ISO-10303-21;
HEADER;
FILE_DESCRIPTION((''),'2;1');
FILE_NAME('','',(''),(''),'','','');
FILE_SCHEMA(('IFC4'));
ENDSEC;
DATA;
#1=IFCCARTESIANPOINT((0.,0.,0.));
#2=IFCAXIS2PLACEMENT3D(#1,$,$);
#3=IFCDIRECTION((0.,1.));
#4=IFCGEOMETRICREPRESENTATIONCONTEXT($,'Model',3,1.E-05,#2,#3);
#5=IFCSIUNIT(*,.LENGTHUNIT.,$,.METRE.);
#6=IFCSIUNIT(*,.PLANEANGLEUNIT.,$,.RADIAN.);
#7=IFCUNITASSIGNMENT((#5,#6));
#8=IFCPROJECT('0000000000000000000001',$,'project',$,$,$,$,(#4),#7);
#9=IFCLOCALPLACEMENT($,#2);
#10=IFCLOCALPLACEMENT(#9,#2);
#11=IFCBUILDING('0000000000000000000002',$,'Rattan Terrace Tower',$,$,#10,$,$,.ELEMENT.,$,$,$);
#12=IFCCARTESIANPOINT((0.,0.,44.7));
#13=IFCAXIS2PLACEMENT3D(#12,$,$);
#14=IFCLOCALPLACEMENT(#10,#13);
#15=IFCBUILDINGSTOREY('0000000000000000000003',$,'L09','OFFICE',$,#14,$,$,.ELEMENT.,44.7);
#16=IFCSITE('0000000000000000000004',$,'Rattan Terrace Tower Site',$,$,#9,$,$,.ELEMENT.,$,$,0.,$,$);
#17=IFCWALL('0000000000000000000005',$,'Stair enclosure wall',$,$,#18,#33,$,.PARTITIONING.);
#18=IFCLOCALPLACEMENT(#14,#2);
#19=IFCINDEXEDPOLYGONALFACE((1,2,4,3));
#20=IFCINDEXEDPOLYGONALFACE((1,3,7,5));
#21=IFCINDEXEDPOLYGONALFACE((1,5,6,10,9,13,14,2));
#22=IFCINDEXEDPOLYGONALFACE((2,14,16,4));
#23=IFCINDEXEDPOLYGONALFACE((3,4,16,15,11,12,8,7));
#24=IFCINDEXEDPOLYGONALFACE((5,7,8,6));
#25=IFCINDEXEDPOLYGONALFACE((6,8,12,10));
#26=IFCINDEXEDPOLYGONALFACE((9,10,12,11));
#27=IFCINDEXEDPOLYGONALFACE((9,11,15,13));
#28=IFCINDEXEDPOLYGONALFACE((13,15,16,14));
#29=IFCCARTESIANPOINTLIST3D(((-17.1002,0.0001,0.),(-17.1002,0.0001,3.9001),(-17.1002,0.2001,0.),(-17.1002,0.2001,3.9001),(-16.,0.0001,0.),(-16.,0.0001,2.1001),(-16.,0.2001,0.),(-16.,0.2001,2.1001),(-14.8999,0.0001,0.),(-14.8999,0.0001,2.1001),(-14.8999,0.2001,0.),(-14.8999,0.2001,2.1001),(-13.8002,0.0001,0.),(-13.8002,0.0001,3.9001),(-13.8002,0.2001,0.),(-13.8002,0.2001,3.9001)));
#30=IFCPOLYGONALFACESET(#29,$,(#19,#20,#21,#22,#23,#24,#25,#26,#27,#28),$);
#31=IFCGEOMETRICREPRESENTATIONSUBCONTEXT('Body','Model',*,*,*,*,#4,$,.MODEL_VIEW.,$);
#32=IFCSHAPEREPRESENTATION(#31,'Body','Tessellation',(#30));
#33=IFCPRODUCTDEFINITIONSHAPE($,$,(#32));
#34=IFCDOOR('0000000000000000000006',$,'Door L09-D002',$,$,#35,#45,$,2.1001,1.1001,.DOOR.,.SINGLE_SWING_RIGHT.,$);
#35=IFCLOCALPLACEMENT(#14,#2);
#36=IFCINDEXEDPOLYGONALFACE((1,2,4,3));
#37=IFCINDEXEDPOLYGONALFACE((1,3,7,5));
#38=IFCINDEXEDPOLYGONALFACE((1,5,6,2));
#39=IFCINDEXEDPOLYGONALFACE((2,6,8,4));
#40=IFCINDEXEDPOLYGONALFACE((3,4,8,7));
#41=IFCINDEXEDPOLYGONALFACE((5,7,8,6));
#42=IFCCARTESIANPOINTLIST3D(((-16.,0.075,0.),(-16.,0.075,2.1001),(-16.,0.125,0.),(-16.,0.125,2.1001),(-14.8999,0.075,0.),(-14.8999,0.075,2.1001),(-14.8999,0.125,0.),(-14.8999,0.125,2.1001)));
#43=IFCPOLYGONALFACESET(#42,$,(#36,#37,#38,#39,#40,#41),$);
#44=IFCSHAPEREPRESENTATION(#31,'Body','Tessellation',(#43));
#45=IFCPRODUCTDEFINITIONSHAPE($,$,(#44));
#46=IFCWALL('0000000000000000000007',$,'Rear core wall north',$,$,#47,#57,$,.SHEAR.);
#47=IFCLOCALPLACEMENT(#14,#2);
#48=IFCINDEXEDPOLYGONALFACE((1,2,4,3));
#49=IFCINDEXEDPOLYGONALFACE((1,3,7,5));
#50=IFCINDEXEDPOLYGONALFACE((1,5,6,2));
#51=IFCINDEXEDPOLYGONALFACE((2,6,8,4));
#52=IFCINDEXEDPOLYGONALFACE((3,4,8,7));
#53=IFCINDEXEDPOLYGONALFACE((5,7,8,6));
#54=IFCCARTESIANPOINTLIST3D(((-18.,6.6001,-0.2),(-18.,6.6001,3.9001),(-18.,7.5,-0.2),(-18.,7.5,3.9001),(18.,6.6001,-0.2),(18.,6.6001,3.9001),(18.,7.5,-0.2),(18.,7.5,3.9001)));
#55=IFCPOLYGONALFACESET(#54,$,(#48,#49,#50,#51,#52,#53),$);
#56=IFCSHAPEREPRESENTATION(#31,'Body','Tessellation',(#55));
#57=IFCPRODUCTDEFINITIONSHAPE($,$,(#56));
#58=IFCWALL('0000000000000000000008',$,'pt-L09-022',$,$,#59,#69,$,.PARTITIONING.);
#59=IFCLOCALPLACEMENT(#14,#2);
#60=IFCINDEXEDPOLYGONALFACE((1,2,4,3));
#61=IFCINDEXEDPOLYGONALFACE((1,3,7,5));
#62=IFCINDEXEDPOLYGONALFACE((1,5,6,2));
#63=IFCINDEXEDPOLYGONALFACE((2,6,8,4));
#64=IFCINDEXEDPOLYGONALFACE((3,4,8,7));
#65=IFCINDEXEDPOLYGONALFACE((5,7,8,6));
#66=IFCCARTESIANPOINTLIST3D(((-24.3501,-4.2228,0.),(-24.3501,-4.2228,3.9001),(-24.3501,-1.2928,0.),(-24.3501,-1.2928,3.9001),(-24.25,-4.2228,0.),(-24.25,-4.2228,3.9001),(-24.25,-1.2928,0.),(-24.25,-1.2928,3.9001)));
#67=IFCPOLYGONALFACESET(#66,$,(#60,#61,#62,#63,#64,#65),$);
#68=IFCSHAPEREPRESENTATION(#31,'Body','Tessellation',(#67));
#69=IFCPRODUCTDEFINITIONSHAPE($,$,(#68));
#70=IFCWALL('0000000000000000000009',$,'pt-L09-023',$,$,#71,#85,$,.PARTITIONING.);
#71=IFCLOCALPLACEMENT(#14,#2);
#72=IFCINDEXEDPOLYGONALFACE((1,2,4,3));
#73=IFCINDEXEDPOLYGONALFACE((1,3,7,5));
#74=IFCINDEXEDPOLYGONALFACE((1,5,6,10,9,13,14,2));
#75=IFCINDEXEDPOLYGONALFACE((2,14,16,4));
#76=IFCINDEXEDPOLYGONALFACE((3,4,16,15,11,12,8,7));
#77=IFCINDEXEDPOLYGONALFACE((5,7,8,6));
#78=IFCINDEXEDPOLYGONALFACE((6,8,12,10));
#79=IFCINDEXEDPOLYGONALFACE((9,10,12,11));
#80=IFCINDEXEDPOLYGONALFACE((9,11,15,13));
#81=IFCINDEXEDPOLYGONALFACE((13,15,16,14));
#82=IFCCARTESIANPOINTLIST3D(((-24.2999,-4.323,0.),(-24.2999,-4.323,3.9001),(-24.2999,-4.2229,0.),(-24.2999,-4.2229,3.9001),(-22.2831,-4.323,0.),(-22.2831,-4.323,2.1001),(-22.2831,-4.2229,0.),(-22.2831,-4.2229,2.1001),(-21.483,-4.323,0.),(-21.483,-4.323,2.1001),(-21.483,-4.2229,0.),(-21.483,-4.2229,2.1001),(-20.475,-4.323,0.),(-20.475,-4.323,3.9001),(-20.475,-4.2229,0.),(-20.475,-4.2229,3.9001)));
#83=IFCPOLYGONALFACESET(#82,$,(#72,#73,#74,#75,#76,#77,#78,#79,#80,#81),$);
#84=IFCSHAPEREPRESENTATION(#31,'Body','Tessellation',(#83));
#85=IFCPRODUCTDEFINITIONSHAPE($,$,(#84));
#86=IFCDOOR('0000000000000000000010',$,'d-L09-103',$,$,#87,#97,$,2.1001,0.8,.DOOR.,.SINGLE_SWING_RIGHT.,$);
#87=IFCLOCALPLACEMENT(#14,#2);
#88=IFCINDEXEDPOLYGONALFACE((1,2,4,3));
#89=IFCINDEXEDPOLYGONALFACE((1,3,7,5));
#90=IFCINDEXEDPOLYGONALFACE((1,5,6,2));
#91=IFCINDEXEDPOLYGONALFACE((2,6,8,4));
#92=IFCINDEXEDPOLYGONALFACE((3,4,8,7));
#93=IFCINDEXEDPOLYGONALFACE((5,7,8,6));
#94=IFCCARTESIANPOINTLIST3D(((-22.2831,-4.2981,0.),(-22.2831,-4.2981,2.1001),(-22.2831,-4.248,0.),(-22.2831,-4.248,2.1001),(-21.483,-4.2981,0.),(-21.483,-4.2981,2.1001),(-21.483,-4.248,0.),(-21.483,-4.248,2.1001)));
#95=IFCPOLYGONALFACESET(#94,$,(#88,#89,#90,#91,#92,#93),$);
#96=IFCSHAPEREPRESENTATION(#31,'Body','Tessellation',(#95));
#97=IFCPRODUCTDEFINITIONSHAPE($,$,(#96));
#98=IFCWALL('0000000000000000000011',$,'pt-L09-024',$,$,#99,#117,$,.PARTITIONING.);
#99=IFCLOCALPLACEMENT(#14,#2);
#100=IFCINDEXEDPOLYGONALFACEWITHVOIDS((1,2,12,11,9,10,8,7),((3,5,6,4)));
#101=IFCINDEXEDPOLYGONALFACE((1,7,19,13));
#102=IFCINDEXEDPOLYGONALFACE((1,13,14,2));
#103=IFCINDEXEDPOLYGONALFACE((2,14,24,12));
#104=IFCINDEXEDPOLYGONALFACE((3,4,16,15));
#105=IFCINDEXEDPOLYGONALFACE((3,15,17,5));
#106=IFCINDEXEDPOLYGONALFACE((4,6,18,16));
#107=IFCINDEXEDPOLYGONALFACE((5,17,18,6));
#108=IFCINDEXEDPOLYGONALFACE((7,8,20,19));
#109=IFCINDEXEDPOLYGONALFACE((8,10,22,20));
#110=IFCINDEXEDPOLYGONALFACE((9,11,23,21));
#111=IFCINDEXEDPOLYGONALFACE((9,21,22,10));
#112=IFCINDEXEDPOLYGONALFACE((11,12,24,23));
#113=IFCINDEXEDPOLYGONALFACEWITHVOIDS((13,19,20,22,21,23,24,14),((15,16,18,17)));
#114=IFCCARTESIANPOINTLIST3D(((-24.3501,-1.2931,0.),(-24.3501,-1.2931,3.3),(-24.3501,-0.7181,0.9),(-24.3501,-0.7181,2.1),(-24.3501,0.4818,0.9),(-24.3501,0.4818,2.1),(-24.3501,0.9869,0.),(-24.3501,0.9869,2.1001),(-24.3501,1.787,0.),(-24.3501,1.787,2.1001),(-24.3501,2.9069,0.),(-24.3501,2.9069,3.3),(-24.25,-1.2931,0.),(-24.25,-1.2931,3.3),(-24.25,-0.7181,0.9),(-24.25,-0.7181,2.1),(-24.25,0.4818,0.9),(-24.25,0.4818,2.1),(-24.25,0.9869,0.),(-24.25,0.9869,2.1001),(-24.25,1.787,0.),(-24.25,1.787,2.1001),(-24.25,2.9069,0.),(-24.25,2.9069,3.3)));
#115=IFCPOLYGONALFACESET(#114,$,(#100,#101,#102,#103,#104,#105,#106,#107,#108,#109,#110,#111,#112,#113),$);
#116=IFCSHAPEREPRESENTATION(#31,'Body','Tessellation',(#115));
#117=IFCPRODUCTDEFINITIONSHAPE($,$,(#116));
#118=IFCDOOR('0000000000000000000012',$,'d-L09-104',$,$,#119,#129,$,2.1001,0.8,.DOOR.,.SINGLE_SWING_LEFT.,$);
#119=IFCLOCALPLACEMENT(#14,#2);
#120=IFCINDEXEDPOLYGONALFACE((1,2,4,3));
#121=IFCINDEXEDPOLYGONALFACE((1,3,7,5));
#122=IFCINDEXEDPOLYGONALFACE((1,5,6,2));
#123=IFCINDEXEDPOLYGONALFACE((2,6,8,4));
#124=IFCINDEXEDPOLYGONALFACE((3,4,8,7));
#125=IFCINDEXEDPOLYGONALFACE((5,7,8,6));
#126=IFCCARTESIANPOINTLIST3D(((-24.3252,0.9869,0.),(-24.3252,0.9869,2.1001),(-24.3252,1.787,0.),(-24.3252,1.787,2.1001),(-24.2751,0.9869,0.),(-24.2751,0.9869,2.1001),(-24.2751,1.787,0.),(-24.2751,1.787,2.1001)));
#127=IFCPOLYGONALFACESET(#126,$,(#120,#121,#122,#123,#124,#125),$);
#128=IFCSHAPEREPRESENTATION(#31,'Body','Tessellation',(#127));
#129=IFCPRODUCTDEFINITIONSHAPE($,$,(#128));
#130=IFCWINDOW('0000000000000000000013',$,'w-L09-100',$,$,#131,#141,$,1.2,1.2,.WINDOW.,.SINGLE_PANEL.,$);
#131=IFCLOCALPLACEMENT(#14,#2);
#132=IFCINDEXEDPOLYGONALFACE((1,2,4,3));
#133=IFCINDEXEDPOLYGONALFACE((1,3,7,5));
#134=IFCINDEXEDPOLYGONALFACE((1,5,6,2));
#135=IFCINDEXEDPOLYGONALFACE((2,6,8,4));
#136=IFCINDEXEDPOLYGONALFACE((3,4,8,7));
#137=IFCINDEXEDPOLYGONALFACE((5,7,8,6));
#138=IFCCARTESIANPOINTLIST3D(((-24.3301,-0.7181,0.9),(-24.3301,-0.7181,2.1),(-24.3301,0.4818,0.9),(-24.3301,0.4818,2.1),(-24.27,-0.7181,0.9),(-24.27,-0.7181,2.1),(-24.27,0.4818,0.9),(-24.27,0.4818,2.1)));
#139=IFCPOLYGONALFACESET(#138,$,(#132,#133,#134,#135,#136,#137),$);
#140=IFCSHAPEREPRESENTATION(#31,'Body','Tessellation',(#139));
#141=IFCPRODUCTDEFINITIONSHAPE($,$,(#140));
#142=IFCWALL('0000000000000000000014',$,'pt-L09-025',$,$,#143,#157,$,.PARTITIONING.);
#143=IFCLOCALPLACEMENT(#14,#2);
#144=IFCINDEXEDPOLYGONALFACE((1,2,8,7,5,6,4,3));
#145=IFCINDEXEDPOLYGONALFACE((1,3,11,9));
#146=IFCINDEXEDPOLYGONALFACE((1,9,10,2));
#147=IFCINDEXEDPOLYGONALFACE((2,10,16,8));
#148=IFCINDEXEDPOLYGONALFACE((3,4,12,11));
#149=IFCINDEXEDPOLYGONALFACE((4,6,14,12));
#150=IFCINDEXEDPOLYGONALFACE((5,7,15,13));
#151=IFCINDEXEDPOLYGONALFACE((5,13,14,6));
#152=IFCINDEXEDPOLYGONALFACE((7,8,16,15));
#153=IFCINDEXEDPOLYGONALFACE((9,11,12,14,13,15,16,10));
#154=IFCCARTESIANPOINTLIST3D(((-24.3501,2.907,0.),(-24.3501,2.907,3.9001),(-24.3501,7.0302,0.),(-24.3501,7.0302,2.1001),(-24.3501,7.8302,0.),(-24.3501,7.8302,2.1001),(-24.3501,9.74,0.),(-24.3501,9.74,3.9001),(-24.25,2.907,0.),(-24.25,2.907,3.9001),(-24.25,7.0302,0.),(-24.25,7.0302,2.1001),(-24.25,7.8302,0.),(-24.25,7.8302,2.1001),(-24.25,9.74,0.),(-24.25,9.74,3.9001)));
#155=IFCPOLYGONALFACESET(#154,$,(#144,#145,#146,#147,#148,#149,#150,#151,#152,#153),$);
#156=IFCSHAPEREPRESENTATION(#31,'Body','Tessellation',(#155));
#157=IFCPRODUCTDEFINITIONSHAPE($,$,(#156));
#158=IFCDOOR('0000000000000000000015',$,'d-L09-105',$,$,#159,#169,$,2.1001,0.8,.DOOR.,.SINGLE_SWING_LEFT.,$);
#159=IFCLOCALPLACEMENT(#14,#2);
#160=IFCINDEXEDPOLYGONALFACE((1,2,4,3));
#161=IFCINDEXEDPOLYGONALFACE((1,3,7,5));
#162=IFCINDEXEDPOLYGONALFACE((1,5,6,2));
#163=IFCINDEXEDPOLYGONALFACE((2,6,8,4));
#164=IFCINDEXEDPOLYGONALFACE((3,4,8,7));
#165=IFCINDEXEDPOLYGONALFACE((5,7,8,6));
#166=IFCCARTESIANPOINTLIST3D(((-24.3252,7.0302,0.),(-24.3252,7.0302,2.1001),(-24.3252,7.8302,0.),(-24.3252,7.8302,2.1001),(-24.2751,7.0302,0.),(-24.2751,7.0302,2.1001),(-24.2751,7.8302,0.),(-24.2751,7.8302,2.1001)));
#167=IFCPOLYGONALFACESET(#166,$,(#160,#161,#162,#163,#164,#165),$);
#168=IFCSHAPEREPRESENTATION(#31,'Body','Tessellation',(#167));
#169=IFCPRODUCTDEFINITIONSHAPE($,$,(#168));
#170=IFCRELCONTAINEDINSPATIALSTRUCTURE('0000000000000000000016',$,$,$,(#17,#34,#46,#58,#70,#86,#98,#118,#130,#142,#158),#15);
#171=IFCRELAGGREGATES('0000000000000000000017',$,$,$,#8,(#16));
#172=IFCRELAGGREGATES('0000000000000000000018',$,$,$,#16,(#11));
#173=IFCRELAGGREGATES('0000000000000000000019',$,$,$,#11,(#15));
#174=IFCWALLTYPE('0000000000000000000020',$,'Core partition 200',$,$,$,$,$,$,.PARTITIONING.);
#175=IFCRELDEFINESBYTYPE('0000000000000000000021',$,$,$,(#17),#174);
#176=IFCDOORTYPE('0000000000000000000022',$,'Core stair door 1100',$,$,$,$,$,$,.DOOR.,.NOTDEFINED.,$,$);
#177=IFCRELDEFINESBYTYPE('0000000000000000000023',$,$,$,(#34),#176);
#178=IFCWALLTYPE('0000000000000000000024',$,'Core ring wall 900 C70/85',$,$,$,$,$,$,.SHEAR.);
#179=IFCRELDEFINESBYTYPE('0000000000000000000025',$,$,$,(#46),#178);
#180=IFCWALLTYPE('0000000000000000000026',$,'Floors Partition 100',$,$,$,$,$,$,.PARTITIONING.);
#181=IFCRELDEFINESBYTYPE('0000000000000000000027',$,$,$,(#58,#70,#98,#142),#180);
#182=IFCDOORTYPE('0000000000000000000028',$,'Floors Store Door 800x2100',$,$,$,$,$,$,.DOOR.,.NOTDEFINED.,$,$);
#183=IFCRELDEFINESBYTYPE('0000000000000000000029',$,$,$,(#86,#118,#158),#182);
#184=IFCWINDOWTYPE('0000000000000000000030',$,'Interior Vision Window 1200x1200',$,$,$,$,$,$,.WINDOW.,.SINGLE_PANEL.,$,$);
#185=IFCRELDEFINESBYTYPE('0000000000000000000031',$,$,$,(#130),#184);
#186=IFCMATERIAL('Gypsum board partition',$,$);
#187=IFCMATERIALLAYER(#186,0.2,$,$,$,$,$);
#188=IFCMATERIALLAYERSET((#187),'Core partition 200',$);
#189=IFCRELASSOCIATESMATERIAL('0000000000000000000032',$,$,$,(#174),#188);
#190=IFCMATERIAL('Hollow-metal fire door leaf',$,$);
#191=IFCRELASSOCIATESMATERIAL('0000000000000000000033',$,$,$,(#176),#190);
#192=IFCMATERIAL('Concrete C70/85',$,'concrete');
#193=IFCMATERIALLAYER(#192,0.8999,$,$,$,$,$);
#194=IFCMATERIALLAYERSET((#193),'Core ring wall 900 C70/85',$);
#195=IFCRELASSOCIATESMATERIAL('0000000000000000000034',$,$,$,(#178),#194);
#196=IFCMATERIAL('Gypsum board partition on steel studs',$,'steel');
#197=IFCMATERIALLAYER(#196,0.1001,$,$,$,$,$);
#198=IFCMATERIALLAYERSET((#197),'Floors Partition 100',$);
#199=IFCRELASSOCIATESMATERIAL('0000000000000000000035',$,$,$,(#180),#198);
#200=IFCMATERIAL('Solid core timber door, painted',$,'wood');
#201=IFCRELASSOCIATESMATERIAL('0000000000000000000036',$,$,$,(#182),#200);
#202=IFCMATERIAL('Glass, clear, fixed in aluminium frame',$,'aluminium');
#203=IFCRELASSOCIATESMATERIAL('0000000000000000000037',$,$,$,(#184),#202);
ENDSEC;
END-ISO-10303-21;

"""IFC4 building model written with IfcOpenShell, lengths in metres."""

from ifc_helpers import new_model, si_unit, direction, frame, frame_2d, origin, place, context, subcontext, project, spatial, rectangle, extrude, material, layer, layer_set, type_object, element, fill, save


model = new_model("IFC4")

# Units and contexts
model_context = context("Model", 3, precision=1e-05, world=origin(), true_north=direction((0.0, 1.0)))
body_context = subcontext(model_context, "Body", "Model", "MODEL_VIEW")
ifc_project = project(units=[si_unit("LENGTHUNIT", "METRE"), si_unit("PLANEANGLEUNIT", "RADIAN")], contexts=[model_context])

# Site, building, storey
site_placement = place(None, origin())
site = spatial("IfcSite", under=ifc_project, at=site_placement, Name="Rattan Terrace Tower Site", CompositionType="ELEMENT", RefElevation=0.0)
building_placement = place(site_placement, origin())
building = spatial("IfcBuilding", under=site, at=building_placement, Name="Rattan Terrace Tower", CompositionType="ELEMENT")
storey_placement = place(building_placement, frame((0.0, 0.0, 44.7)))
storey = spatial("IfcBuildingStorey", under=building, at=storey_placement, Name="L09", Description="OFFICE", CompositionType="ELEMENT", Elevation=44.7)

# Wall, opening, door
ifc_material_1 = material(Name="Gypsum board partition")
ifc_layer_1 = layer(ifc_material_1, 0.2)
ifc_layer_set_1 = layer_set([ifc_layer_1], Name="Core partition 200")
wall_type_1 = type_object("IfcWallType", Name="Core partition 200", PredefinedType="PARTITIONING", material=ifc_layer_set_1)
wall_1_placement = place(storey_placement, frame((-17.1001, 0.1001, 0.0), z_axis=(0.0, 0.0, 1.0), x_axis=(1.0, 0.0, 0.0)))
wall_1 = element("IfcWall", 1, at=wall_1_placement, inside=storey, type_object=wall_type_1, Name="Stair enclosure wall", PredefinedType="PARTITIONING", context=body_context, shape_type="SweptSolid", body=[
    extrude(rectangle(XDim=3.3, YDim=0.2, at=frame_2d((1.6499, 0.0))), origin(), (0.0, 0.0, 1.0), 3.9001),
])
opening_1_placement = place(wall_1_placement, frame((1.1001, 0.0, 0.0)))
opening_1 = element("IfcOpeningElement", 2, at=opening_1_placement, cuts=wall_1, PredefinedType="OPENING", context=body_context, shape_type="SweptSolid", body=[
    extrude(rectangle(XDim=1.1001, YDim=2.1001, at=frame_2d((0.55, 1.05))), frame((0.0, 0.1106, 0.0), z_axis=(0.0, -1.0, 0.0), x_axis=(1.0, 0.0, 0.0)), (0.0, 0.0, 1.0), 0.2209),
])
ifc_material_2 = material(Name="Hollow-metal fire door leaf")
door_type_1 = type_object("IfcDoorType", Name="Core stair door 1100", OperationType="NOTDEFINED", PredefinedType="DOOR", material=ifc_material_2)
door_1_placement = place(opening_1_placement, origin())
door_1 = element("IfcDoor", 3, at=door_1_placement, inside=storey, type_object=door_type_1, Name="Door L09-D002", OperationType="SINGLE_SWING_RIGHT", OverallHeight=2.1001, OverallWidth=1.1001, PredefinedType="DOOR", context=body_context, shape_type="SweptSolid", body=[
    extrude(rectangle(XDim=1.1001, YDim=2.1001, at=frame_2d((0.55, 1.05))), frame((0.0, 0.0249, 0.0), z_axis=(0.0, -1.0, 0.0), x_axis=(1.0, 0.0, 0.0)), (0.0, 0.0, 1.0), 0.05),
])
fill(opening_1, door_1)

# Walls
ifc_material_3 = material(Name="Concrete C70/85", Category="concrete")
ifc_layer_2 = layer(ifc_material_3, 0.8999)
ifc_layer_set_2 = layer_set([ifc_layer_2], Name="Core ring wall 900 C70/85")
wall_type_2 = type_object("IfcWallType", Name="Core ring wall 900 C70/85", PredefinedType="SHEAR", material=ifc_layer_set_2)
wall_2_placement = place(storey_placement, frame((-18.0, 7.05, -0.2), z_axis=(0.0, 0.0, 1.0), x_axis=(1.0, 0.0, 0.0)))
element("IfcWall", 4, at=wall_2_placement, inside=storey, type_object=wall_type_2, Name="Rear core wall north", PredefinedType="SHEAR", context=body_context, shape_type="SweptSolid", body=[
    extrude(rectangle(XDim=36.0, YDim=0.8999, at=frame_2d((18.0, 0.0))), origin(), (0.0, 0.0, 1.0), 4.1001),
])
ifc_material_4 = material(Name="Gypsum board partition on steel studs", Category="steel")
ifc_layer_3 = layer(ifc_material_4, 0.1001)
ifc_layer_set_3 = layer_set([ifc_layer_3], Name="Floors Partition 100")
wall_type_3 = type_object("IfcWallType", Name="Floors Partition 100", PredefinedType="PARTITIONING", material=ifc_layer_set_3)
wall_3_placement = place(storey_placement, frame((-24.3, -1.293, 0.0), z_axis=(0.0, 0.0, 1.0), x_axis=(0.0, -1.0, 0.0)))
element("IfcWall", 5, at=wall_3_placement, inside=storey, type_object=wall_type_3, Name="pt-L09-022", PredefinedType="PARTITIONING", context=body_context, shape_type="SweptSolid", body=[
    extrude(rectangle(XDim=2.9299, YDim=0.1001, at=frame_2d((1.4648, 0.0))), origin(), (0.0, 0.0, 1.0), 3.9001),
])

# Wall, opening, door
wall_4_placement = place(storey_placement, frame((-24.3, -4.2729, 0.0), z_axis=(0.0, 0.0, 1.0), x_axis=(1.0, 0.0, 0.0)))
wall_4 = element("IfcWall", 6, at=wall_4_placement, inside=storey, type_object=wall_type_3, Name="pt-L09-023", PredefinedType="PARTITIONING", context=body_context, shape_type="SweptSolid", body=[
    extrude(rectangle(XDim=3.825, YDim=0.1001, at=frame_2d((1.9126, 0.0))), origin(), (0.0, 0.0, 1.0), 3.9001),
])
opening_2_placement = place(wall_4_placement, frame((2.0171, 0.0, 0.0)))
opening_2 = element("IfcOpeningElement", 7, at=opening_2_placement, cuts=wall_4, PredefinedType="OPENING", context=body_context, shape_type="SweptSolid", body=[
    extrude(rectangle(XDim=0.8, YDim=2.1001, at=frame_2d((0.3999, 1.05))), frame((0.0, 0.0605, 0.0), z_axis=(0.0, -1.0, 0.0), x_axis=(1.0, 0.0, 0.0)), (0.0, 0.0, 1.0), 0.1211),
])
ifc_material_5 = material(Name="Solid core timber door, painted", Category="wood")
door_type_2 = type_object("IfcDoorType", Name="Floors Store Door 800x2100", OperationType="NOTDEFINED", PredefinedType="DOOR", material=ifc_material_5)
door_2_placement = place(opening_2_placement, origin())
door_2 = element("IfcDoor", 8, at=door_2_placement, inside=storey, type_object=door_type_2, Name="d-L09-103", OperationType="SINGLE_SWING_RIGHT", OverallHeight=2.1001, OverallWidth=0.8, PredefinedType="DOOR", context=body_context, shape_type="SweptSolid", body=[
    extrude(rectangle(XDim=0.8, YDim=2.1001, at=frame_2d((0.3999, 1.05))), frame((0.0, 0.0249, 0.0), z_axis=(0.0, -1.0, 0.0), x_axis=(1.0, 0.0, 0.0)), (0.0, 0.0, 1.0), 0.05),
])
fill(opening_2, door_2)

# Wall, openings, door, window
wall_5_placement = place(storey_placement, frame((-24.3, 2.907, 0.0), z_axis=(0.0, 0.0, 1.0), x_axis=(0.0, -1.0, 0.0)))
wall_5 = element("IfcWall", 9, at=wall_5_placement, inside=storey, type_object=wall_type_3, Name="pt-L09-024", PredefinedType="PARTITIONING", context=body_context, shape_type="SweptSolid", body=[
    extrude(rectangle(XDim=4.2, YDim=0.1001, at=frame_2d((2.1001, 0.0))), origin(), (0.0, 0.0, 1.0), 3.3),
])
opening_3_placement = place(wall_5_placement, frame((1.1201, 0.0, 0.0)))
opening_3 = element("IfcOpeningElement", 10, at=opening_3_placement, cuts=wall_5, PredefinedType="OPENING", context=body_context, shape_type="SweptSolid", body=[
    extrude(rectangle(XDim=0.8, YDim=2.1001, at=frame_2d((0.3999, 1.05))), frame((0.0, 0.0605, 0.0), z_axis=(0.0, -1.0, 0.0), x_axis=(1.0, 0.0, 0.0)), (0.0, 0.0, 1.0), 0.1211),
])
opening_4_placement = place(wall_5_placement, frame((2.425, 0.0, 0.8999)))
opening_4 = element("IfcOpeningElement", 11, at=opening_4_placement, cuts=wall_5, PredefinedType="OPENING", context=body_context, shape_type="SweptSolid", body=[
    extrude(rectangle(XDim=1.2, YDim=1.2, at=frame_2d((0.6001, 0.6001))), frame((0.0, 0.0605, 0.0), z_axis=(0.0, -1.0, 0.0), x_axis=(1.0, 0.0, 0.0)), (0.0, 0.0, 1.0), 0.1211),
])
door_3_placement = place(opening_3_placement, origin())
door_3 = element("IfcDoor", 12, at=door_3_placement, inside=storey, type_object=door_type_2, Name="d-L09-104", OperationType="SINGLE_SWING_LEFT", OverallHeight=2.1001, OverallWidth=0.8, PredefinedType="DOOR", context=body_context, shape_type="SweptSolid", body=[
    extrude(rectangle(XDim=0.8, YDim=2.1001, at=frame_2d((0.3999, 1.05))), frame((0.0, 0.0249, 0.0), z_axis=(0.0, -1.0, 0.0), x_axis=(1.0, 0.0, 0.0)), (0.0, 0.0, 1.0), 0.05),
])
fill(opening_3, door_3)
ifc_material_6 = material(Name="Glass, clear, fixed in aluminium frame", Category="aluminium")
window_type_1 = type_object("IfcWindowType", Name="Interior Vision Window 1200x1200", PartitioningType="SINGLE_PANEL", PredefinedType="WINDOW", material=ifc_material_6)
window_1_placement = place(opening_4_placement, origin())
window_1 = element("IfcWindow", 13, at=window_1_placement, inside=storey, type_object=window_type_1, Name="w-L09-100", OverallHeight=1.2, OverallWidth=1.2, PartitioningType="SINGLE_PANEL", PredefinedType="WINDOW", context=body_context, shape_type="SweptSolid", body=[
    extrude(rectangle(XDim=1.2, YDim=1.2, at=frame_2d((0.6001, 0.6001))), frame((0.0, 0.03, 0.0), z_axis=(0.0, -1.0, 0.0), x_axis=(1.0, 0.0, 0.0)), (0.0, 0.0, 1.0), 0.0601),
])
fill(opening_4, window_1)

# Wall, opening, door
wall_6_placement = place(storey_placement, frame((-24.3, 9.74, 0.0), z_axis=(0.0, 0.0, 1.0), x_axis=(0.0, -1.0, 0.0)))
wall_6 = element("IfcWall", 14, at=wall_6_placement, inside=storey, type_object=wall_type_3, Name="pt-L09-025", PredefinedType="PARTITIONING", context=body_context, shape_type="SweptSolid", body=[
    extrude(rectangle(XDim=6.833, YDim=0.1001, at=frame_2d((3.4165, 0.0))), origin(), (0.0, 0.0, 1.0), 3.9001),
])
opening_5_placement = place(wall_6_placement, frame((1.9099, 0.0, 0.0)))
opening_5 = element("IfcOpeningElement", 15, at=opening_5_placement, cuts=wall_6, PredefinedType="OPENING", context=body_context, shape_type="SweptSolid", body=[
    extrude(rectangle(XDim=0.8, YDim=2.1001, at=frame_2d((0.3999, 1.05))), frame((0.0, 0.0605, 0.0), z_axis=(0.0, -1.0, 0.0), x_axis=(1.0, 0.0, 0.0)), (0.0, 0.0, 1.0), 0.1211),
])
door_4_placement = place(opening_5_placement, origin())
door_4 = element("IfcDoor", 16, at=door_4_placement, inside=storey, type_object=door_type_2, Name="d-L09-105", OperationType="SINGLE_SWING_LEFT", OverallHeight=2.1001, OverallWidth=0.8, PredefinedType="DOOR", context=body_context, shape_type="SweptSolid", body=[
    extrude(rectangle(XDim=0.8, YDim=2.1001, at=frame_2d((0.3999, 1.05))), frame((0.0, 0.0249, 0.0), z_axis=(0.0, -1.0, 0.0), x_axis=(1.0, 0.0, 0.0)), (0.0, 0.0, 1.0), 0.05),
])
fill(opening_5, door_4)

save(model, "model.ifc")
